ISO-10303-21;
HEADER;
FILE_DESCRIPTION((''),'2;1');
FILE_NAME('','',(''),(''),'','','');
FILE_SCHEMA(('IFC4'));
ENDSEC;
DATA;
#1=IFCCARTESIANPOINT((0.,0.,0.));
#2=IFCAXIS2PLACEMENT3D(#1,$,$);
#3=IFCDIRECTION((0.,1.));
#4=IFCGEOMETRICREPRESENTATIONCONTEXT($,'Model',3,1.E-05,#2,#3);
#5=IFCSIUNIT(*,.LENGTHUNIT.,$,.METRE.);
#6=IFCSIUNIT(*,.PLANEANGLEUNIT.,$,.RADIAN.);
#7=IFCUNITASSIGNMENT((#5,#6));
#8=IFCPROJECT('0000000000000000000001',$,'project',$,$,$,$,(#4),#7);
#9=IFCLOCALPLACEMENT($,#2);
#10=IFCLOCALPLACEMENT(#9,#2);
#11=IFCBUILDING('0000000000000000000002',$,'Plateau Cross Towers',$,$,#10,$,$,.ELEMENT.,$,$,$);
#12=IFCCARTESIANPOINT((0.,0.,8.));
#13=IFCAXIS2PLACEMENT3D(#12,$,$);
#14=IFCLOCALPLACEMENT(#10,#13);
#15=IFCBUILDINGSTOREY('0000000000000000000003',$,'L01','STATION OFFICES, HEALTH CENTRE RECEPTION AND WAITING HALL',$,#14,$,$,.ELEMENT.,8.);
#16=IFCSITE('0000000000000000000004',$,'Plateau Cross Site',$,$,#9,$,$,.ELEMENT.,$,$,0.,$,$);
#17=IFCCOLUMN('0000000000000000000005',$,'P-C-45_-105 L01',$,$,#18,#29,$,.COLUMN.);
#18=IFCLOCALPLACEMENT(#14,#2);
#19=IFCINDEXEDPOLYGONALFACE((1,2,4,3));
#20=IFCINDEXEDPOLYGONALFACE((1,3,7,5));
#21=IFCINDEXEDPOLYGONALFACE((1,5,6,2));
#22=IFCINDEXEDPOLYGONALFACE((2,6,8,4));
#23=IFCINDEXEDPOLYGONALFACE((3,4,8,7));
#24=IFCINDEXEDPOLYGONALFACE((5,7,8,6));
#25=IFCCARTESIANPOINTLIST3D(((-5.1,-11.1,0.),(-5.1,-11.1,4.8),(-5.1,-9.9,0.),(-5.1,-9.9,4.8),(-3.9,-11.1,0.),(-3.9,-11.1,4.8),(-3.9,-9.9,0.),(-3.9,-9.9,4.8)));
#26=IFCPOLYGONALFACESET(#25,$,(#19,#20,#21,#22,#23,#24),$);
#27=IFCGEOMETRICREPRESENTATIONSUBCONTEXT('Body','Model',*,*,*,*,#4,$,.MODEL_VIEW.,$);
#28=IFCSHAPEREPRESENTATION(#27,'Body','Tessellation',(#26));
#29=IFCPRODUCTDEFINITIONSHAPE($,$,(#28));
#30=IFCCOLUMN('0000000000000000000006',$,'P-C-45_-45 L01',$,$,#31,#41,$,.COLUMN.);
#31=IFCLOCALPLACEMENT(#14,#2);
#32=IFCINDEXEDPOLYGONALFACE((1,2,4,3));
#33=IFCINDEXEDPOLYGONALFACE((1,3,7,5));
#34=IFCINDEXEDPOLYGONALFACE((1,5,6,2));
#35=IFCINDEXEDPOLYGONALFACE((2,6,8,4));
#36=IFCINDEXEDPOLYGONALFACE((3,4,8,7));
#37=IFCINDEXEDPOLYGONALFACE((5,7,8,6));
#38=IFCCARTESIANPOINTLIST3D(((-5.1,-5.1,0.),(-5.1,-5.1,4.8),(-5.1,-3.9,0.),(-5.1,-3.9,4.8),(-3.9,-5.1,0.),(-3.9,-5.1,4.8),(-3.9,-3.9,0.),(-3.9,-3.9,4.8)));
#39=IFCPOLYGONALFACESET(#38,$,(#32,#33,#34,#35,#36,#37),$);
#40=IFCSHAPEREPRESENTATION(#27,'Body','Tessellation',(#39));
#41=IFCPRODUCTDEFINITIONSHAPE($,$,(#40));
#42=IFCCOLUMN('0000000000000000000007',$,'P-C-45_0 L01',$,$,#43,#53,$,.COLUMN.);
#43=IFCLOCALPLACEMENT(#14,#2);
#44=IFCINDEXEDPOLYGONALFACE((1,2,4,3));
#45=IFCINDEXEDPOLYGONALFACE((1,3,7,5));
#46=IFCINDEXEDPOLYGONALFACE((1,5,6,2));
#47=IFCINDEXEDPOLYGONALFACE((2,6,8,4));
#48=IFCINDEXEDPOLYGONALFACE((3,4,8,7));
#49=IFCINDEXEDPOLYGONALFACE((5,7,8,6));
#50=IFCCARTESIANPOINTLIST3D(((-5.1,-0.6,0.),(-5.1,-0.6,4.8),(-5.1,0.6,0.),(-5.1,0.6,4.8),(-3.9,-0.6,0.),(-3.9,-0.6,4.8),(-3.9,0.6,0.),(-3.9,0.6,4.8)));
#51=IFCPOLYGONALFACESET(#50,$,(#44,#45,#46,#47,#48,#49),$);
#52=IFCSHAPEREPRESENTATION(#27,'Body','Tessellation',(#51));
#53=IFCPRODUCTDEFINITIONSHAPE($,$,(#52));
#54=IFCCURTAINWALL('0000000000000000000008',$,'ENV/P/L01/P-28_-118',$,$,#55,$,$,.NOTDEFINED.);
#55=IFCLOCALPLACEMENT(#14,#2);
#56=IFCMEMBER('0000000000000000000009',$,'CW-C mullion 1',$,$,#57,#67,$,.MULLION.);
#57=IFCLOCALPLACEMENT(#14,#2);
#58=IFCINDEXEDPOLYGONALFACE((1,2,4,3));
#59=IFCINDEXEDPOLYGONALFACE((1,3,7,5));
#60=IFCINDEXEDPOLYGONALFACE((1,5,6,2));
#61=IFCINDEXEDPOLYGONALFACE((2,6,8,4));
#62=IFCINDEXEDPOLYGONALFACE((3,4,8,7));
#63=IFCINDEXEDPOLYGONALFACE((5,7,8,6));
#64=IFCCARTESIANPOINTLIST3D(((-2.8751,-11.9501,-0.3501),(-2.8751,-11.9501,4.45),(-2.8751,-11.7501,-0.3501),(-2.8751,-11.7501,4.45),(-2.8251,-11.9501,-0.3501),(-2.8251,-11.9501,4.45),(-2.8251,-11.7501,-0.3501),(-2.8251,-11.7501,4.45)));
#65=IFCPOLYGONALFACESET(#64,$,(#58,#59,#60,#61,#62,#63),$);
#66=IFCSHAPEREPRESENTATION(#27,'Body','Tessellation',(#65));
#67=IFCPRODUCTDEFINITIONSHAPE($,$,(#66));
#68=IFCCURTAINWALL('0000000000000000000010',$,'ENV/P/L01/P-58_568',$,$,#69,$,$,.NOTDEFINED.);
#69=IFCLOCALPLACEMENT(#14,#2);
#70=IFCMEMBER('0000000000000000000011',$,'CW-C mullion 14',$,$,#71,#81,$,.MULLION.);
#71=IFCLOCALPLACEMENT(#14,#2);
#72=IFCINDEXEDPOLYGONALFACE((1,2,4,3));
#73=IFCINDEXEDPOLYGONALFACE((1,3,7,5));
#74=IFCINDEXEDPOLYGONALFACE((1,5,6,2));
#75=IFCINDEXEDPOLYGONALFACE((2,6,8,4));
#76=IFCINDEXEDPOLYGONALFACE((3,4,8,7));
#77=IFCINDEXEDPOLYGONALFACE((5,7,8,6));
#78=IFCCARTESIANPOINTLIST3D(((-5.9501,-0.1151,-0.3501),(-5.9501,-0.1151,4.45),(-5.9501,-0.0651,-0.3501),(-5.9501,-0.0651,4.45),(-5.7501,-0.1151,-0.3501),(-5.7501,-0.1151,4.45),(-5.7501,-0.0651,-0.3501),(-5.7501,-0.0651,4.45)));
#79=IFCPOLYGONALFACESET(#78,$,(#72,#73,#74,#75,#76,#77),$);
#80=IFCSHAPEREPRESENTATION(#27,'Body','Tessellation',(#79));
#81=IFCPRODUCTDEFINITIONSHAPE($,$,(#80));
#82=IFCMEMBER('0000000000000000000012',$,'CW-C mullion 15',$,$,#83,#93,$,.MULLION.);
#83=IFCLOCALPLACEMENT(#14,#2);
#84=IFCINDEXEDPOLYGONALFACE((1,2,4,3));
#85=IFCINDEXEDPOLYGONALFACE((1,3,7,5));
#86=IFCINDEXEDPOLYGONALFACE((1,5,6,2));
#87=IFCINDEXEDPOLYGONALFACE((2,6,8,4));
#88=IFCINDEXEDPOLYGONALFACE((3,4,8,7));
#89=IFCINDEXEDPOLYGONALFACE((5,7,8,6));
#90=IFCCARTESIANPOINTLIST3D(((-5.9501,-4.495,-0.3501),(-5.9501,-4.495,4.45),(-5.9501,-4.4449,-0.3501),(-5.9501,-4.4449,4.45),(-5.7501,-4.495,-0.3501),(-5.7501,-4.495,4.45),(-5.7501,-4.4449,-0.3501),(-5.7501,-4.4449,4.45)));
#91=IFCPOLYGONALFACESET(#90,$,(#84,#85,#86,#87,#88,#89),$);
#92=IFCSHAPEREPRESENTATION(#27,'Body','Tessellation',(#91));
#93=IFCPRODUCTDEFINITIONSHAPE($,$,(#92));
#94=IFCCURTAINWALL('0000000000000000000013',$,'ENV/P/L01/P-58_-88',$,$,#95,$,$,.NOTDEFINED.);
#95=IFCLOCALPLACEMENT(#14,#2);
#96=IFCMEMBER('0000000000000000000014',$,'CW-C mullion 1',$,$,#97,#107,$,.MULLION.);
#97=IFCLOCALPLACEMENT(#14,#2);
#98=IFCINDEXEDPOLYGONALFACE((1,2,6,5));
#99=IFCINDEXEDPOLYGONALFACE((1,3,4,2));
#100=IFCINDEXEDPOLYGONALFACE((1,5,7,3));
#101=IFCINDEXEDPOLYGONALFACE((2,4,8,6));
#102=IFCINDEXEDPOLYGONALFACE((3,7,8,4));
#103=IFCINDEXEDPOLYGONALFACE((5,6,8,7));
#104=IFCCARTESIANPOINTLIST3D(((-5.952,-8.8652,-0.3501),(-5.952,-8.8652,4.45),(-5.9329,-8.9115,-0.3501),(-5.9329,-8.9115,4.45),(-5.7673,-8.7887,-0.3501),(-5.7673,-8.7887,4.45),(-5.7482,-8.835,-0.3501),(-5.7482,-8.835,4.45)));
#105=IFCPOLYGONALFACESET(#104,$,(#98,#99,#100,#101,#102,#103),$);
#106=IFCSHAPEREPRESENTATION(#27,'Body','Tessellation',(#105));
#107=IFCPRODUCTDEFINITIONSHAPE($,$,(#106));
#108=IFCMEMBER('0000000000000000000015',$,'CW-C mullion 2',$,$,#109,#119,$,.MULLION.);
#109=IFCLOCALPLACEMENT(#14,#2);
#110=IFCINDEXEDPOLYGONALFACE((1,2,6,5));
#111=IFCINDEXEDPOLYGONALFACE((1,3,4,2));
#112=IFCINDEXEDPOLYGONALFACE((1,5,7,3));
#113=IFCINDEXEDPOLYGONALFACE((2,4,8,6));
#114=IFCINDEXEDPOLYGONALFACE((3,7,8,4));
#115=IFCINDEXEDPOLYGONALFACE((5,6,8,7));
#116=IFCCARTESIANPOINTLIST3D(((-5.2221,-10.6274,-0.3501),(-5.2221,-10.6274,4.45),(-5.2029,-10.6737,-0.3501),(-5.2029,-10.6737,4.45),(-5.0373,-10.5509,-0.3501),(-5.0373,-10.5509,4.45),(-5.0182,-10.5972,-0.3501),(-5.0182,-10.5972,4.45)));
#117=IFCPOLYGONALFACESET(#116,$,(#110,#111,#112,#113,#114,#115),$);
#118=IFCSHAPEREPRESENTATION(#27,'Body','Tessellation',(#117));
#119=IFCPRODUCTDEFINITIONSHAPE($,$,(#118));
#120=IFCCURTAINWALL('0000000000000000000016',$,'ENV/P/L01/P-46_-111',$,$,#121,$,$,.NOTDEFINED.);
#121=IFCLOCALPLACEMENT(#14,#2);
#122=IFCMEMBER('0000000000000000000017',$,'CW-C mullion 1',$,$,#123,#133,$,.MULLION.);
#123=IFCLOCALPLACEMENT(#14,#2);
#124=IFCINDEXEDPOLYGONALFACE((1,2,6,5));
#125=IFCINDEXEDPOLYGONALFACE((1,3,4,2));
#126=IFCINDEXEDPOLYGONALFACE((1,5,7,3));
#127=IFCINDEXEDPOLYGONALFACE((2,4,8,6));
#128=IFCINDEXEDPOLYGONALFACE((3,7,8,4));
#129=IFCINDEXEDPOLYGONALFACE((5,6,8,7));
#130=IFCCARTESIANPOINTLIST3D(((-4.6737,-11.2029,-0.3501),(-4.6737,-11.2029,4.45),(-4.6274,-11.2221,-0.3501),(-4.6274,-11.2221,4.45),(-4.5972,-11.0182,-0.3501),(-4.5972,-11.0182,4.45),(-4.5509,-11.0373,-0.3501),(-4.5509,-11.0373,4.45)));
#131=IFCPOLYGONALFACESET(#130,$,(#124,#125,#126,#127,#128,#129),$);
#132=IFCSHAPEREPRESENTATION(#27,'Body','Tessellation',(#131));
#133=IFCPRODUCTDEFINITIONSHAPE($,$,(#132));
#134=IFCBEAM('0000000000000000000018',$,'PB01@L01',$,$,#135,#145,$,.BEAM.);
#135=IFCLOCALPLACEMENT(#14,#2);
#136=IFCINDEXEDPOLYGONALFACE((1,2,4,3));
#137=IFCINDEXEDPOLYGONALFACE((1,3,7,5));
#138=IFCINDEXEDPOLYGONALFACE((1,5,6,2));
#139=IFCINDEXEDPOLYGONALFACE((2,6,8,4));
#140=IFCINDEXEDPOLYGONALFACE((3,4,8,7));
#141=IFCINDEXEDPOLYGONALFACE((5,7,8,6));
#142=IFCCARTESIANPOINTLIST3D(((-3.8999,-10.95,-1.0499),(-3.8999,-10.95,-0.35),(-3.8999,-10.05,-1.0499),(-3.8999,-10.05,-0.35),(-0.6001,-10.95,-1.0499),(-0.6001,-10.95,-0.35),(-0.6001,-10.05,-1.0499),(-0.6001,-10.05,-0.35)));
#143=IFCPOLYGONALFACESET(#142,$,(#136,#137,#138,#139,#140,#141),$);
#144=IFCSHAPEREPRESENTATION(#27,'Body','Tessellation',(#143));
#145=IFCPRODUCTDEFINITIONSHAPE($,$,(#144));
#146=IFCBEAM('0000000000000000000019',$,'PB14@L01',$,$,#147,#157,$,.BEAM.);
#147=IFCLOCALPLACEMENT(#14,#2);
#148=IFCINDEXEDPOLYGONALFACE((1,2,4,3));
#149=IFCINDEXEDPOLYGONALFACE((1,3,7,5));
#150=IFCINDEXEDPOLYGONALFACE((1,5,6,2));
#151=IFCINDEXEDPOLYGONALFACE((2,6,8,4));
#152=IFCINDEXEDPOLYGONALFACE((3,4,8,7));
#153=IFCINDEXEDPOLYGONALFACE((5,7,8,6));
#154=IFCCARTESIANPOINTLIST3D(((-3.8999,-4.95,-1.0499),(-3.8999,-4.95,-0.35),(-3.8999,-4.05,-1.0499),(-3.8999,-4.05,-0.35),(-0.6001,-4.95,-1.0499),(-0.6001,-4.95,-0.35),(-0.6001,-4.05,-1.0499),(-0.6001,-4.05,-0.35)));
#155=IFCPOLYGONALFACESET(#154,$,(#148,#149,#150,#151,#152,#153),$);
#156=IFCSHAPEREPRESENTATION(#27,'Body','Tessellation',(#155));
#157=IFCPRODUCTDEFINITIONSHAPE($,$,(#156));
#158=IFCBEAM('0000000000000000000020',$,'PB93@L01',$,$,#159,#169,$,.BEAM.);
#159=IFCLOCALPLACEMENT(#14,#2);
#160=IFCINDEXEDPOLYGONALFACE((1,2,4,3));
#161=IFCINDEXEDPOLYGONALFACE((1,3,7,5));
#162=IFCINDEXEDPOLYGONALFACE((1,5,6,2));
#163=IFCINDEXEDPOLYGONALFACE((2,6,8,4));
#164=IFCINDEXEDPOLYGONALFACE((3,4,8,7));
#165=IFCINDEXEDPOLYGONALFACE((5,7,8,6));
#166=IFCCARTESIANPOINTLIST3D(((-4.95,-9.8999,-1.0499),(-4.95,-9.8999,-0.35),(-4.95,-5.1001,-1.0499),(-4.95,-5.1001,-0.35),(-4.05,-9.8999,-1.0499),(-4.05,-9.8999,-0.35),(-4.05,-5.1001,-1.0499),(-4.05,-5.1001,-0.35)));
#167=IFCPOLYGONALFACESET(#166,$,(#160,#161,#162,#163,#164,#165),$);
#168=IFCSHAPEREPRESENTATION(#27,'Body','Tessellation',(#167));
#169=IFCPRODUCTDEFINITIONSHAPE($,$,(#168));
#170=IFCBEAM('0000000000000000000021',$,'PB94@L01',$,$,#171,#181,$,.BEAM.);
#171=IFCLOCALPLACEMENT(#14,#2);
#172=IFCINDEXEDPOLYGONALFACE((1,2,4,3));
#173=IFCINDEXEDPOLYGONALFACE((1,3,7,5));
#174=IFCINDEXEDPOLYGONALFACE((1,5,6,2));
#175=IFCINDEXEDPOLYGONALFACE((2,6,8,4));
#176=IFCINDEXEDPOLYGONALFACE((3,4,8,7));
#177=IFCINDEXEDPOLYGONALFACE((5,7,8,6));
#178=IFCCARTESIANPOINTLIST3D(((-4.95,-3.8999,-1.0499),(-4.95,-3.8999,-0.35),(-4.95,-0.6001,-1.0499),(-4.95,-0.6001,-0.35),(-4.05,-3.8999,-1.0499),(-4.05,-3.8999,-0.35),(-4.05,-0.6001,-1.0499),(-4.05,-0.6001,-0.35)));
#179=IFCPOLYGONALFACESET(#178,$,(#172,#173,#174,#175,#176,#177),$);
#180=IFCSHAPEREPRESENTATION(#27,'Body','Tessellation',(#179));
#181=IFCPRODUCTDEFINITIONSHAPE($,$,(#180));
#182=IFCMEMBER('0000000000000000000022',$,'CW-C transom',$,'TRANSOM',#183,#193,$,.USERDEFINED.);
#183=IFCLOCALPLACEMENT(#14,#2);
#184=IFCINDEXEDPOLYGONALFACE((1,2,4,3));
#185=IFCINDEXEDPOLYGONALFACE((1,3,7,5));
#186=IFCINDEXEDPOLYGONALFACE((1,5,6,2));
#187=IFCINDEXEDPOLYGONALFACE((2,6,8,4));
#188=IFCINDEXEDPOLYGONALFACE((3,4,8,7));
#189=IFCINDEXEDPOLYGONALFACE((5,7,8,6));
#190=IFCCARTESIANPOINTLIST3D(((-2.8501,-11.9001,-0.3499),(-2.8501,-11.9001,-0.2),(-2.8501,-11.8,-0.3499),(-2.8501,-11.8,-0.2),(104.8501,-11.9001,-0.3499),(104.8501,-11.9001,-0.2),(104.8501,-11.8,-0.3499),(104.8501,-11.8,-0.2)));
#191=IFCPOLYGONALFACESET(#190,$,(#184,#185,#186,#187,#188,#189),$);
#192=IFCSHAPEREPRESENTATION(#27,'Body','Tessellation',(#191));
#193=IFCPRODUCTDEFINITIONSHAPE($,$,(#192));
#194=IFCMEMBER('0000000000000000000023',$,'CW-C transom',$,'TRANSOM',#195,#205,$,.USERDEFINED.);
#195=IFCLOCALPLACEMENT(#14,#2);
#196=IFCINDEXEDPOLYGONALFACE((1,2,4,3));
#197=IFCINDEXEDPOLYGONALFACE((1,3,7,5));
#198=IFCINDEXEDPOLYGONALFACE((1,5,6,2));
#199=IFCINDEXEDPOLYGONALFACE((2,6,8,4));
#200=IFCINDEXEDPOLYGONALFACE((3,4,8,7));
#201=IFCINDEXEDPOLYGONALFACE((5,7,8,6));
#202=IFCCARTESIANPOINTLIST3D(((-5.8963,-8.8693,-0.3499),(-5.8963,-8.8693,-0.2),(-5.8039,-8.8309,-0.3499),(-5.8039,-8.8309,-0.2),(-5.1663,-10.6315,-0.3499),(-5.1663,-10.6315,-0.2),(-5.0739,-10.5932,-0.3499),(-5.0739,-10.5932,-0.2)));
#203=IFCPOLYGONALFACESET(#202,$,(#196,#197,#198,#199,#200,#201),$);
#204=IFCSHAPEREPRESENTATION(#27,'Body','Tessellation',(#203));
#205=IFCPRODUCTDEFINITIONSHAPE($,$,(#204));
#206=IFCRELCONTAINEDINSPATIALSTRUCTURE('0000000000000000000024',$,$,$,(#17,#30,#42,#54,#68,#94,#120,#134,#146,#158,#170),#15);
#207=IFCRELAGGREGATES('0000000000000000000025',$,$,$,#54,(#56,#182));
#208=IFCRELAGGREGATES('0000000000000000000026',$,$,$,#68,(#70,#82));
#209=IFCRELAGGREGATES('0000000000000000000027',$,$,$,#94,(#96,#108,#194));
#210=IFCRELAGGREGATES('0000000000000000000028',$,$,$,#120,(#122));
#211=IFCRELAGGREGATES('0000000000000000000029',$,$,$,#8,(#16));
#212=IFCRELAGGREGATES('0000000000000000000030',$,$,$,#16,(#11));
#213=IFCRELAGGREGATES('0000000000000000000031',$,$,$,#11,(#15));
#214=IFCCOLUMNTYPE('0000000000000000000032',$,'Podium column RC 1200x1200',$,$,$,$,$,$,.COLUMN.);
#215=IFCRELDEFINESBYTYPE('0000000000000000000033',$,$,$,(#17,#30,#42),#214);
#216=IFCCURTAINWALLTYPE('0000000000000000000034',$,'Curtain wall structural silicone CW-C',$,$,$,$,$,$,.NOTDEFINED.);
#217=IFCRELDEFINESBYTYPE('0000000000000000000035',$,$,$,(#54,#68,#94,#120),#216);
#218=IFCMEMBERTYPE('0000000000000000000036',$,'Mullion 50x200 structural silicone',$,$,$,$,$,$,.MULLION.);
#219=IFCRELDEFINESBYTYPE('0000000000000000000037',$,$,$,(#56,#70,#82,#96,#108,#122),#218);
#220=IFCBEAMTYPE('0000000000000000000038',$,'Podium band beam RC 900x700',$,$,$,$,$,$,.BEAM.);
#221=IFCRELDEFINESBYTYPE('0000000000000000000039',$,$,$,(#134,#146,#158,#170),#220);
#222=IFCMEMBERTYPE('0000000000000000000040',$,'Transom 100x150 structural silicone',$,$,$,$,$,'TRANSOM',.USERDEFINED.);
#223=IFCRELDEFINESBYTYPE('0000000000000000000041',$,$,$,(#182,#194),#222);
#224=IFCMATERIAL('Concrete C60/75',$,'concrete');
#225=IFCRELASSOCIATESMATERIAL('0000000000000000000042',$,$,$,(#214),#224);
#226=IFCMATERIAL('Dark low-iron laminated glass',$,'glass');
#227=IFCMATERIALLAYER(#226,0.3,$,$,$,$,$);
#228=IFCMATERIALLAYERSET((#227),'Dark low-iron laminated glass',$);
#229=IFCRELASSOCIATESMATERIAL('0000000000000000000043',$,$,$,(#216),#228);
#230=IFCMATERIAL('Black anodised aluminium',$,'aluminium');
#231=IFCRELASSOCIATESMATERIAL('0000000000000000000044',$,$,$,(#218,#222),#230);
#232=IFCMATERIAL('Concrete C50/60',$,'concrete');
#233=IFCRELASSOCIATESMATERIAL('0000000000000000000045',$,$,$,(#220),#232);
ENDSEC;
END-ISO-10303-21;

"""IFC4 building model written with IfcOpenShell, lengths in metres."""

from ifc_helpers import new_model, si_unit, direction, frame, origin, origin_2d, place, context, subcontext, project, spatial, rectangle, extrude, material, layer, layer_set, material_profile, profile_set, type_object, element, aggregate, save


model = new_model("IFC4")

# Units and contexts
model_context = context("Model", 3, precision=1e-05, world=origin(), true_north=direction((0.0, 1.0)))
body_context = subcontext(model_context, "Body", "Model", "MODEL_VIEW")
ifc_project = project(units=[si_unit("LENGTHUNIT", "METRE"), si_unit("PLANEANGLEUNIT", "RADIAN")], contexts=[model_context])

# Site, building, storey
site_placement = place(None, origin())
site = spatial("IfcSite", under=ifc_project, at=site_placement, Name="Plateau Cross Site", CompositionType="ELEMENT", RefElevation=0.0)
building_placement = place(site_placement, origin())
building = spatial("IfcBuilding", under=site, at=building_placement, Name="Plateau Cross Towers", CompositionType="ELEMENT")
storey_placement = place(building_placement, frame((0.0, 0.0, 8.0)))
storey = spatial("IfcBuildingStorey", under=building, at=storey_placement, Name="L01", Description="STATION OFFICES, HEALTH CENTRE RECEPTION AND WAITING HALL", CompositionType="ELEMENT", Elevation=8.0)

# Columns
ifc_material_1 = material(Name="Concrete C60/75", Category="concrete")
ifc_material_profile_1 = material_profile(ifc_material_1, rectangle(XDim=1.2, YDim=1.2, at=origin_2d()), Name="RC 1200x1200")
ifc_profile_set_1 = profile_set([ifc_material_profile_1], Name="Concrete C60/75")
column_type = type_object("IfcColumnType", Name="Podium column RC 1200x1200", PredefinedType="COLUMN", material=ifc_profile_set_1)
for number, where, z_axis, x_axis, name in (
    (1, (-4.5, -10.5, 0.0), (0.0, 0.0, 1.0), (1.0, 0.0, 0.0), "P-C-45_-105 L01"),
    (2, (-4.5, -4.5, 0.0), (0.0, 0.0, 1.0), (1.0, 0.0, 0.0), "P-C-45_-45 L01"),
    (3, (-4.5, 0.0, 0.0), (0.0, 0.0, 1.0), (1.0, 0.0, 0.0), "P-C-45_0 L01"),
):
    element("IfcColumn", number, at=place(storey_placement, frame(where, z_axis=z_axis, x_axis=x_axis)), inside=storey, type_object=column_type, Name=name, PredefinedType="COLUMN", context=body_context, shape_type="SweptSolid", body=[
        extrude(rectangle(XDim=1.2, YDim=1.2, at=origin_2d()), origin(), (0.0, 0.0, 1.0), 4.8),
    ])

# Curtain wall, member
ifc_material_2 = material(Name="Dark low-iron laminated glass", Category="glass")
ifc_layer_1 = layer(ifc_material_2, 0.3)
ifc_layer_set_1 = layer_set([ifc_layer_1], Name="Dark low-iron laminated glass")
curtain_wall_type = type_object("IfcCurtainWallType", Name="Curtain wall structural silicone CW-C", PredefinedType="NOTDEFINED", material=ifc_layer_set_1)
curtain_wall_1_placement = place(storey_placement, origin())
curtain_wall_1 = element("IfcCurtainWall", 4, at=curtain_wall_1_placement, inside=storey, type_object=curtain_wall_type, Name="ENV/P/L01/P-28_-118", PredefinedType="NOTDEFINED")
ifc_material_3 = material(Name="Black anodised aluminium", Category="aluminium")
ifc_material_profile_2 = material_profile(ifc_material_3, rectangle(XDim=0.05, YDim=0.2, at=origin_2d()), Name="MULLION 50x200")
ifc_profile_set_2 = profile_set([ifc_material_profile_2], Name="Black anodised aluminium")
member_type_1 = type_object("IfcMemberType", Name="Mullion 50x200 structural silicone", PredefinedType="MULLION", material=ifc_profile_set_2)
member_1_placement = place(storey_placement, frame((-2.8501, -11.8501, -0.3501), z_axis=(0.0, 0.0, 1.0), x_axis=(1.0, 0.0, 0.0)))
member_1 = element("IfcMember", 5, at=member_1_placement, type_object=member_type_1, Name="CW-C mullion 1", PredefinedType="MULLION", context=body_context, shape_type="SweptSolid", body=[
    extrude(rectangle(XDim=0.05, YDim=0.2, at=origin_2d()), origin(), (0.0, 0.0, 1.0), 4.8),
])

# Curtain walls, members
curtain_wall_2_placement = place(storey_placement, origin())
curtain_wall_2 = element("IfcCurtainWall", 6, at=curtain_wall_2_placement, inside=storey, type_object=curtain_wall_type, Name="ENV/P/L01/P-58_568", PredefinedType="NOTDEFINED")
member_2_placement = place(storey_placement, frame((-5.8501, -0.0901, -0.3501), z_axis=(0.0, 0.0, 1.0), x_axis=(0.0, -1.0, 0.0)))
member_2 = element("IfcMember", 7, at=member_2_placement, type_object=member_type_1, Name="CW-C mullion 14", PredefinedType="MULLION", context=body_context, shape_type="SweptSolid", body=[
    extrude(rectangle(XDim=0.05, YDim=0.2, at=origin_2d()), origin(), (0.0, 0.0, 1.0), 4.8),
])
member_3_placement = place(storey_placement, frame((-5.8501, -4.47, -0.3501), z_axis=(0.0, 0.0, 1.0), x_axis=(0.0, -1.0, 0.0)))
member_3 = element("IfcMember", 8, at=member_3_placement, type_object=member_type_1, Name="CW-C mullion 15", PredefinedType="MULLION", context=body_context, shape_type="SweptSolid", body=[
    extrude(rectangle(XDim=0.05, YDim=0.2, at=origin_2d()), origin(), (0.0, 0.0, 1.0), 4.8),
])
curtain_wall_3_placement = place(storey_placement, origin())
curtain_wall_3 = element("IfcCurtainWall", 9, at=curtain_wall_3_placement, inside=storey, type_object=curtain_wall_type, Name="ENV/P/L01/P-58_-88", PredefinedType="NOTDEFINED")
member_4_placement = place(storey_placement, frame((-5.8501, -8.8501, -0.3501), z_axis=(0.0, 0.0, 1.0), x_axis=(0.382684, -0.923879, 0.0)))
member_4 = element("IfcMember", 10, at=member_4_placement, type_object=member_type_1, Name="CW-C mullion 1", PredefinedType="MULLION", context=body_context, shape_type="SweptSolid", body=[
    extrude(rectangle(XDim=0.05, YDim=0.2, at=origin_2d()), origin(), (0.0, 0.0, 1.0), 4.8),
])
member_5_placement = place(storey_placement, frame((-5.1201, -10.6123, -0.3501), z_axis=(0.0, 0.0, 1.0), x_axis=(0.382684, -0.923879, 0.0)))
member_5 = element("IfcMember", 11, at=member_5_placement, type_object=member_type_1, Name="CW-C mullion 2", PredefinedType="MULLION", context=body_context, shape_type="SweptSolid", body=[
    extrude(rectangle(XDim=0.05, YDim=0.2, at=origin_2d()), origin(), (0.0, 0.0, 1.0), 4.8),
])

# Curtain wall, member
curtain_wall_4_placement = place(storey_placement, origin())
curtain_wall_4 = element("IfcCurtainWall", 12, at=curtain_wall_4_placement, inside=storey, type_object=curtain_wall_type, Name="ENV/P/L01/P-46_-111", PredefinedType="NOTDEFINED")
member_6_placement = place(storey_placement, frame((-4.6123, -11.1201, -0.3501), z_axis=(0.0, 0.0, 1.0), x_axis=(0.923879, -0.382684, 0.0)))
member_6 = element("IfcMember", 13, at=member_6_placement, type_object=member_type_1, Name="CW-C mullion 1", PredefinedType="MULLION", context=body_context, shape_type="SweptSolid", body=[
    extrude(rectangle(XDim=0.05, YDim=0.2, at=origin_2d()), origin(), (0.0, 0.0, 1.0), 4.8),
])

# Beams
ifc_material_4 = material(Name="Concrete C50/60", Category="concrete")
ifc_material_profile_3 = material_profile(ifc_material_4, rectangle(XDim=0.8999, YDim=0.7, at=origin_2d()), Name="RC 900x700")
ifc_profile_set_3 = profile_set([ifc_material_profile_3], Name="Concrete C50/60")
beam_type = type_object("IfcBeamType", Name="Podium band beam RC 900x700", PredefinedType="BEAM", material=ifc_profile_set_3)
for number, where, z_axis, x_axis, name in (
    (14, (-3.8999, -10.5, -0.7), (1.0, 0.0, 0.0), (0.0, 1.0, 0.0), "PB01@L01"),
    (15, (-3.8999, -4.5, -0.7), (1.0, 0.0, 0.0), (0.0, 1.0, 0.0), "PB14@L01"),
):
    element("IfcBeam", number, at=place(storey_placement, frame(where, z_axis=z_axis, x_axis=x_axis)), inside=storey, type_object=beam_type, Name=name, PredefinedType="BEAM", context=body_context, shape_type="SweptSolid", body=[
        extrude(rectangle(XDim=0.8999, YDim=0.7, at=origin_2d()), origin(), (0.0, 0.0, 1.0), 3.2998),
    ])
beam_1_placement = place(storey_placement, frame((-4.5, -9.8999, -0.7), z_axis=(0.0, 1.0, 0.0), x_axis=(-1.0, 0.0, 0.0)))
element("IfcBeam", 16, at=beam_1_placement, inside=storey, type_object=beam_type, Name="PB93@L01", PredefinedType="BEAM", context=body_context, shape_type="SweptSolid", body=[
    extrude(rectangle(XDim=0.8999, YDim=0.7, at=origin_2d()), origin(), (0.0, 0.0, 1.0), 4.7998),
])
beam_2_placement = place(storey_placement, frame((-4.5, -3.8999, -0.7), z_axis=(0.0, 1.0, 0.0), x_axis=(-1.0, 0.0, 0.0)))
element("IfcBeam", 17, at=beam_2_placement, inside=storey, type_object=beam_type, Name="PB94@L01", PredefinedType="BEAM", context=body_context, shape_type="SweptSolid", body=[
    extrude(rectangle(XDim=0.8999, YDim=0.7, at=origin_2d()), origin(), (0.0, 0.0, 1.0), 3.2998),
])

# Members
ifc_material_profile_4 = material_profile(ifc_material_3, rectangle(XDim=0.1001, YDim=0.1499, at=origin_2d()), Name="TRANSOM 100x150")
ifc_profile_set_4 = profile_set([ifc_material_profile_4], Name="Black anodised aluminium")
member_type_2 = type_object("IfcMemberType", Name="Transom 100x150 structural silicone", ElementType="TRANSOM", PredefinedType="USERDEFINED", material=ifc_profile_set_4)
member_7_placement = place(storey_placement, frame((-2.8501, -11.8501, -0.2749), z_axis=(1.0, 0.0, 0.0), x_axis=(0.0, 1.0, 0.0)))
member_7 = element("IfcMember", 18, at=member_7_placement, type_object=member_type_2, Name="CW-C transom", ObjectType="TRANSOM", PredefinedType="USERDEFINED", context=body_context, shape_type="SweptSolid", body=[
    extrude(rectangle(XDim=0.1001, YDim=0.1499, at=origin_2d()), origin(), (0.0, 0.0, 1.0), 107.7002),
])
member_8_placement = place(storey_placement, frame((-5.8501, -8.8501, -0.2749), z_axis=(0.382706, -0.92387, 0.0), x_axis=(0.92387, 0.382706, 0.0)))
member_8 = element("IfcMember", 19, at=member_8_placement, type_object=member_type_2, Name="CW-C transom", ObjectType="TRANSOM", PredefinedType="USERDEFINED", context=body_context, shape_type="SweptSolid", body=[
    extrude(rectangle(XDim=0.1001, YDim=0.1499, at=origin_2d()), origin(), (0.0, 0.0, 1.0), 1.9075),
])

aggregate(curtain_wall_1, [member_1, member_7])
aggregate(curtain_wall_2, [member_2, member_3])
aggregate(curtain_wall_3, [member_4, member_5, member_8])
aggregate(curtain_wall_4, [member_6])

save(model, "model.ifc")
